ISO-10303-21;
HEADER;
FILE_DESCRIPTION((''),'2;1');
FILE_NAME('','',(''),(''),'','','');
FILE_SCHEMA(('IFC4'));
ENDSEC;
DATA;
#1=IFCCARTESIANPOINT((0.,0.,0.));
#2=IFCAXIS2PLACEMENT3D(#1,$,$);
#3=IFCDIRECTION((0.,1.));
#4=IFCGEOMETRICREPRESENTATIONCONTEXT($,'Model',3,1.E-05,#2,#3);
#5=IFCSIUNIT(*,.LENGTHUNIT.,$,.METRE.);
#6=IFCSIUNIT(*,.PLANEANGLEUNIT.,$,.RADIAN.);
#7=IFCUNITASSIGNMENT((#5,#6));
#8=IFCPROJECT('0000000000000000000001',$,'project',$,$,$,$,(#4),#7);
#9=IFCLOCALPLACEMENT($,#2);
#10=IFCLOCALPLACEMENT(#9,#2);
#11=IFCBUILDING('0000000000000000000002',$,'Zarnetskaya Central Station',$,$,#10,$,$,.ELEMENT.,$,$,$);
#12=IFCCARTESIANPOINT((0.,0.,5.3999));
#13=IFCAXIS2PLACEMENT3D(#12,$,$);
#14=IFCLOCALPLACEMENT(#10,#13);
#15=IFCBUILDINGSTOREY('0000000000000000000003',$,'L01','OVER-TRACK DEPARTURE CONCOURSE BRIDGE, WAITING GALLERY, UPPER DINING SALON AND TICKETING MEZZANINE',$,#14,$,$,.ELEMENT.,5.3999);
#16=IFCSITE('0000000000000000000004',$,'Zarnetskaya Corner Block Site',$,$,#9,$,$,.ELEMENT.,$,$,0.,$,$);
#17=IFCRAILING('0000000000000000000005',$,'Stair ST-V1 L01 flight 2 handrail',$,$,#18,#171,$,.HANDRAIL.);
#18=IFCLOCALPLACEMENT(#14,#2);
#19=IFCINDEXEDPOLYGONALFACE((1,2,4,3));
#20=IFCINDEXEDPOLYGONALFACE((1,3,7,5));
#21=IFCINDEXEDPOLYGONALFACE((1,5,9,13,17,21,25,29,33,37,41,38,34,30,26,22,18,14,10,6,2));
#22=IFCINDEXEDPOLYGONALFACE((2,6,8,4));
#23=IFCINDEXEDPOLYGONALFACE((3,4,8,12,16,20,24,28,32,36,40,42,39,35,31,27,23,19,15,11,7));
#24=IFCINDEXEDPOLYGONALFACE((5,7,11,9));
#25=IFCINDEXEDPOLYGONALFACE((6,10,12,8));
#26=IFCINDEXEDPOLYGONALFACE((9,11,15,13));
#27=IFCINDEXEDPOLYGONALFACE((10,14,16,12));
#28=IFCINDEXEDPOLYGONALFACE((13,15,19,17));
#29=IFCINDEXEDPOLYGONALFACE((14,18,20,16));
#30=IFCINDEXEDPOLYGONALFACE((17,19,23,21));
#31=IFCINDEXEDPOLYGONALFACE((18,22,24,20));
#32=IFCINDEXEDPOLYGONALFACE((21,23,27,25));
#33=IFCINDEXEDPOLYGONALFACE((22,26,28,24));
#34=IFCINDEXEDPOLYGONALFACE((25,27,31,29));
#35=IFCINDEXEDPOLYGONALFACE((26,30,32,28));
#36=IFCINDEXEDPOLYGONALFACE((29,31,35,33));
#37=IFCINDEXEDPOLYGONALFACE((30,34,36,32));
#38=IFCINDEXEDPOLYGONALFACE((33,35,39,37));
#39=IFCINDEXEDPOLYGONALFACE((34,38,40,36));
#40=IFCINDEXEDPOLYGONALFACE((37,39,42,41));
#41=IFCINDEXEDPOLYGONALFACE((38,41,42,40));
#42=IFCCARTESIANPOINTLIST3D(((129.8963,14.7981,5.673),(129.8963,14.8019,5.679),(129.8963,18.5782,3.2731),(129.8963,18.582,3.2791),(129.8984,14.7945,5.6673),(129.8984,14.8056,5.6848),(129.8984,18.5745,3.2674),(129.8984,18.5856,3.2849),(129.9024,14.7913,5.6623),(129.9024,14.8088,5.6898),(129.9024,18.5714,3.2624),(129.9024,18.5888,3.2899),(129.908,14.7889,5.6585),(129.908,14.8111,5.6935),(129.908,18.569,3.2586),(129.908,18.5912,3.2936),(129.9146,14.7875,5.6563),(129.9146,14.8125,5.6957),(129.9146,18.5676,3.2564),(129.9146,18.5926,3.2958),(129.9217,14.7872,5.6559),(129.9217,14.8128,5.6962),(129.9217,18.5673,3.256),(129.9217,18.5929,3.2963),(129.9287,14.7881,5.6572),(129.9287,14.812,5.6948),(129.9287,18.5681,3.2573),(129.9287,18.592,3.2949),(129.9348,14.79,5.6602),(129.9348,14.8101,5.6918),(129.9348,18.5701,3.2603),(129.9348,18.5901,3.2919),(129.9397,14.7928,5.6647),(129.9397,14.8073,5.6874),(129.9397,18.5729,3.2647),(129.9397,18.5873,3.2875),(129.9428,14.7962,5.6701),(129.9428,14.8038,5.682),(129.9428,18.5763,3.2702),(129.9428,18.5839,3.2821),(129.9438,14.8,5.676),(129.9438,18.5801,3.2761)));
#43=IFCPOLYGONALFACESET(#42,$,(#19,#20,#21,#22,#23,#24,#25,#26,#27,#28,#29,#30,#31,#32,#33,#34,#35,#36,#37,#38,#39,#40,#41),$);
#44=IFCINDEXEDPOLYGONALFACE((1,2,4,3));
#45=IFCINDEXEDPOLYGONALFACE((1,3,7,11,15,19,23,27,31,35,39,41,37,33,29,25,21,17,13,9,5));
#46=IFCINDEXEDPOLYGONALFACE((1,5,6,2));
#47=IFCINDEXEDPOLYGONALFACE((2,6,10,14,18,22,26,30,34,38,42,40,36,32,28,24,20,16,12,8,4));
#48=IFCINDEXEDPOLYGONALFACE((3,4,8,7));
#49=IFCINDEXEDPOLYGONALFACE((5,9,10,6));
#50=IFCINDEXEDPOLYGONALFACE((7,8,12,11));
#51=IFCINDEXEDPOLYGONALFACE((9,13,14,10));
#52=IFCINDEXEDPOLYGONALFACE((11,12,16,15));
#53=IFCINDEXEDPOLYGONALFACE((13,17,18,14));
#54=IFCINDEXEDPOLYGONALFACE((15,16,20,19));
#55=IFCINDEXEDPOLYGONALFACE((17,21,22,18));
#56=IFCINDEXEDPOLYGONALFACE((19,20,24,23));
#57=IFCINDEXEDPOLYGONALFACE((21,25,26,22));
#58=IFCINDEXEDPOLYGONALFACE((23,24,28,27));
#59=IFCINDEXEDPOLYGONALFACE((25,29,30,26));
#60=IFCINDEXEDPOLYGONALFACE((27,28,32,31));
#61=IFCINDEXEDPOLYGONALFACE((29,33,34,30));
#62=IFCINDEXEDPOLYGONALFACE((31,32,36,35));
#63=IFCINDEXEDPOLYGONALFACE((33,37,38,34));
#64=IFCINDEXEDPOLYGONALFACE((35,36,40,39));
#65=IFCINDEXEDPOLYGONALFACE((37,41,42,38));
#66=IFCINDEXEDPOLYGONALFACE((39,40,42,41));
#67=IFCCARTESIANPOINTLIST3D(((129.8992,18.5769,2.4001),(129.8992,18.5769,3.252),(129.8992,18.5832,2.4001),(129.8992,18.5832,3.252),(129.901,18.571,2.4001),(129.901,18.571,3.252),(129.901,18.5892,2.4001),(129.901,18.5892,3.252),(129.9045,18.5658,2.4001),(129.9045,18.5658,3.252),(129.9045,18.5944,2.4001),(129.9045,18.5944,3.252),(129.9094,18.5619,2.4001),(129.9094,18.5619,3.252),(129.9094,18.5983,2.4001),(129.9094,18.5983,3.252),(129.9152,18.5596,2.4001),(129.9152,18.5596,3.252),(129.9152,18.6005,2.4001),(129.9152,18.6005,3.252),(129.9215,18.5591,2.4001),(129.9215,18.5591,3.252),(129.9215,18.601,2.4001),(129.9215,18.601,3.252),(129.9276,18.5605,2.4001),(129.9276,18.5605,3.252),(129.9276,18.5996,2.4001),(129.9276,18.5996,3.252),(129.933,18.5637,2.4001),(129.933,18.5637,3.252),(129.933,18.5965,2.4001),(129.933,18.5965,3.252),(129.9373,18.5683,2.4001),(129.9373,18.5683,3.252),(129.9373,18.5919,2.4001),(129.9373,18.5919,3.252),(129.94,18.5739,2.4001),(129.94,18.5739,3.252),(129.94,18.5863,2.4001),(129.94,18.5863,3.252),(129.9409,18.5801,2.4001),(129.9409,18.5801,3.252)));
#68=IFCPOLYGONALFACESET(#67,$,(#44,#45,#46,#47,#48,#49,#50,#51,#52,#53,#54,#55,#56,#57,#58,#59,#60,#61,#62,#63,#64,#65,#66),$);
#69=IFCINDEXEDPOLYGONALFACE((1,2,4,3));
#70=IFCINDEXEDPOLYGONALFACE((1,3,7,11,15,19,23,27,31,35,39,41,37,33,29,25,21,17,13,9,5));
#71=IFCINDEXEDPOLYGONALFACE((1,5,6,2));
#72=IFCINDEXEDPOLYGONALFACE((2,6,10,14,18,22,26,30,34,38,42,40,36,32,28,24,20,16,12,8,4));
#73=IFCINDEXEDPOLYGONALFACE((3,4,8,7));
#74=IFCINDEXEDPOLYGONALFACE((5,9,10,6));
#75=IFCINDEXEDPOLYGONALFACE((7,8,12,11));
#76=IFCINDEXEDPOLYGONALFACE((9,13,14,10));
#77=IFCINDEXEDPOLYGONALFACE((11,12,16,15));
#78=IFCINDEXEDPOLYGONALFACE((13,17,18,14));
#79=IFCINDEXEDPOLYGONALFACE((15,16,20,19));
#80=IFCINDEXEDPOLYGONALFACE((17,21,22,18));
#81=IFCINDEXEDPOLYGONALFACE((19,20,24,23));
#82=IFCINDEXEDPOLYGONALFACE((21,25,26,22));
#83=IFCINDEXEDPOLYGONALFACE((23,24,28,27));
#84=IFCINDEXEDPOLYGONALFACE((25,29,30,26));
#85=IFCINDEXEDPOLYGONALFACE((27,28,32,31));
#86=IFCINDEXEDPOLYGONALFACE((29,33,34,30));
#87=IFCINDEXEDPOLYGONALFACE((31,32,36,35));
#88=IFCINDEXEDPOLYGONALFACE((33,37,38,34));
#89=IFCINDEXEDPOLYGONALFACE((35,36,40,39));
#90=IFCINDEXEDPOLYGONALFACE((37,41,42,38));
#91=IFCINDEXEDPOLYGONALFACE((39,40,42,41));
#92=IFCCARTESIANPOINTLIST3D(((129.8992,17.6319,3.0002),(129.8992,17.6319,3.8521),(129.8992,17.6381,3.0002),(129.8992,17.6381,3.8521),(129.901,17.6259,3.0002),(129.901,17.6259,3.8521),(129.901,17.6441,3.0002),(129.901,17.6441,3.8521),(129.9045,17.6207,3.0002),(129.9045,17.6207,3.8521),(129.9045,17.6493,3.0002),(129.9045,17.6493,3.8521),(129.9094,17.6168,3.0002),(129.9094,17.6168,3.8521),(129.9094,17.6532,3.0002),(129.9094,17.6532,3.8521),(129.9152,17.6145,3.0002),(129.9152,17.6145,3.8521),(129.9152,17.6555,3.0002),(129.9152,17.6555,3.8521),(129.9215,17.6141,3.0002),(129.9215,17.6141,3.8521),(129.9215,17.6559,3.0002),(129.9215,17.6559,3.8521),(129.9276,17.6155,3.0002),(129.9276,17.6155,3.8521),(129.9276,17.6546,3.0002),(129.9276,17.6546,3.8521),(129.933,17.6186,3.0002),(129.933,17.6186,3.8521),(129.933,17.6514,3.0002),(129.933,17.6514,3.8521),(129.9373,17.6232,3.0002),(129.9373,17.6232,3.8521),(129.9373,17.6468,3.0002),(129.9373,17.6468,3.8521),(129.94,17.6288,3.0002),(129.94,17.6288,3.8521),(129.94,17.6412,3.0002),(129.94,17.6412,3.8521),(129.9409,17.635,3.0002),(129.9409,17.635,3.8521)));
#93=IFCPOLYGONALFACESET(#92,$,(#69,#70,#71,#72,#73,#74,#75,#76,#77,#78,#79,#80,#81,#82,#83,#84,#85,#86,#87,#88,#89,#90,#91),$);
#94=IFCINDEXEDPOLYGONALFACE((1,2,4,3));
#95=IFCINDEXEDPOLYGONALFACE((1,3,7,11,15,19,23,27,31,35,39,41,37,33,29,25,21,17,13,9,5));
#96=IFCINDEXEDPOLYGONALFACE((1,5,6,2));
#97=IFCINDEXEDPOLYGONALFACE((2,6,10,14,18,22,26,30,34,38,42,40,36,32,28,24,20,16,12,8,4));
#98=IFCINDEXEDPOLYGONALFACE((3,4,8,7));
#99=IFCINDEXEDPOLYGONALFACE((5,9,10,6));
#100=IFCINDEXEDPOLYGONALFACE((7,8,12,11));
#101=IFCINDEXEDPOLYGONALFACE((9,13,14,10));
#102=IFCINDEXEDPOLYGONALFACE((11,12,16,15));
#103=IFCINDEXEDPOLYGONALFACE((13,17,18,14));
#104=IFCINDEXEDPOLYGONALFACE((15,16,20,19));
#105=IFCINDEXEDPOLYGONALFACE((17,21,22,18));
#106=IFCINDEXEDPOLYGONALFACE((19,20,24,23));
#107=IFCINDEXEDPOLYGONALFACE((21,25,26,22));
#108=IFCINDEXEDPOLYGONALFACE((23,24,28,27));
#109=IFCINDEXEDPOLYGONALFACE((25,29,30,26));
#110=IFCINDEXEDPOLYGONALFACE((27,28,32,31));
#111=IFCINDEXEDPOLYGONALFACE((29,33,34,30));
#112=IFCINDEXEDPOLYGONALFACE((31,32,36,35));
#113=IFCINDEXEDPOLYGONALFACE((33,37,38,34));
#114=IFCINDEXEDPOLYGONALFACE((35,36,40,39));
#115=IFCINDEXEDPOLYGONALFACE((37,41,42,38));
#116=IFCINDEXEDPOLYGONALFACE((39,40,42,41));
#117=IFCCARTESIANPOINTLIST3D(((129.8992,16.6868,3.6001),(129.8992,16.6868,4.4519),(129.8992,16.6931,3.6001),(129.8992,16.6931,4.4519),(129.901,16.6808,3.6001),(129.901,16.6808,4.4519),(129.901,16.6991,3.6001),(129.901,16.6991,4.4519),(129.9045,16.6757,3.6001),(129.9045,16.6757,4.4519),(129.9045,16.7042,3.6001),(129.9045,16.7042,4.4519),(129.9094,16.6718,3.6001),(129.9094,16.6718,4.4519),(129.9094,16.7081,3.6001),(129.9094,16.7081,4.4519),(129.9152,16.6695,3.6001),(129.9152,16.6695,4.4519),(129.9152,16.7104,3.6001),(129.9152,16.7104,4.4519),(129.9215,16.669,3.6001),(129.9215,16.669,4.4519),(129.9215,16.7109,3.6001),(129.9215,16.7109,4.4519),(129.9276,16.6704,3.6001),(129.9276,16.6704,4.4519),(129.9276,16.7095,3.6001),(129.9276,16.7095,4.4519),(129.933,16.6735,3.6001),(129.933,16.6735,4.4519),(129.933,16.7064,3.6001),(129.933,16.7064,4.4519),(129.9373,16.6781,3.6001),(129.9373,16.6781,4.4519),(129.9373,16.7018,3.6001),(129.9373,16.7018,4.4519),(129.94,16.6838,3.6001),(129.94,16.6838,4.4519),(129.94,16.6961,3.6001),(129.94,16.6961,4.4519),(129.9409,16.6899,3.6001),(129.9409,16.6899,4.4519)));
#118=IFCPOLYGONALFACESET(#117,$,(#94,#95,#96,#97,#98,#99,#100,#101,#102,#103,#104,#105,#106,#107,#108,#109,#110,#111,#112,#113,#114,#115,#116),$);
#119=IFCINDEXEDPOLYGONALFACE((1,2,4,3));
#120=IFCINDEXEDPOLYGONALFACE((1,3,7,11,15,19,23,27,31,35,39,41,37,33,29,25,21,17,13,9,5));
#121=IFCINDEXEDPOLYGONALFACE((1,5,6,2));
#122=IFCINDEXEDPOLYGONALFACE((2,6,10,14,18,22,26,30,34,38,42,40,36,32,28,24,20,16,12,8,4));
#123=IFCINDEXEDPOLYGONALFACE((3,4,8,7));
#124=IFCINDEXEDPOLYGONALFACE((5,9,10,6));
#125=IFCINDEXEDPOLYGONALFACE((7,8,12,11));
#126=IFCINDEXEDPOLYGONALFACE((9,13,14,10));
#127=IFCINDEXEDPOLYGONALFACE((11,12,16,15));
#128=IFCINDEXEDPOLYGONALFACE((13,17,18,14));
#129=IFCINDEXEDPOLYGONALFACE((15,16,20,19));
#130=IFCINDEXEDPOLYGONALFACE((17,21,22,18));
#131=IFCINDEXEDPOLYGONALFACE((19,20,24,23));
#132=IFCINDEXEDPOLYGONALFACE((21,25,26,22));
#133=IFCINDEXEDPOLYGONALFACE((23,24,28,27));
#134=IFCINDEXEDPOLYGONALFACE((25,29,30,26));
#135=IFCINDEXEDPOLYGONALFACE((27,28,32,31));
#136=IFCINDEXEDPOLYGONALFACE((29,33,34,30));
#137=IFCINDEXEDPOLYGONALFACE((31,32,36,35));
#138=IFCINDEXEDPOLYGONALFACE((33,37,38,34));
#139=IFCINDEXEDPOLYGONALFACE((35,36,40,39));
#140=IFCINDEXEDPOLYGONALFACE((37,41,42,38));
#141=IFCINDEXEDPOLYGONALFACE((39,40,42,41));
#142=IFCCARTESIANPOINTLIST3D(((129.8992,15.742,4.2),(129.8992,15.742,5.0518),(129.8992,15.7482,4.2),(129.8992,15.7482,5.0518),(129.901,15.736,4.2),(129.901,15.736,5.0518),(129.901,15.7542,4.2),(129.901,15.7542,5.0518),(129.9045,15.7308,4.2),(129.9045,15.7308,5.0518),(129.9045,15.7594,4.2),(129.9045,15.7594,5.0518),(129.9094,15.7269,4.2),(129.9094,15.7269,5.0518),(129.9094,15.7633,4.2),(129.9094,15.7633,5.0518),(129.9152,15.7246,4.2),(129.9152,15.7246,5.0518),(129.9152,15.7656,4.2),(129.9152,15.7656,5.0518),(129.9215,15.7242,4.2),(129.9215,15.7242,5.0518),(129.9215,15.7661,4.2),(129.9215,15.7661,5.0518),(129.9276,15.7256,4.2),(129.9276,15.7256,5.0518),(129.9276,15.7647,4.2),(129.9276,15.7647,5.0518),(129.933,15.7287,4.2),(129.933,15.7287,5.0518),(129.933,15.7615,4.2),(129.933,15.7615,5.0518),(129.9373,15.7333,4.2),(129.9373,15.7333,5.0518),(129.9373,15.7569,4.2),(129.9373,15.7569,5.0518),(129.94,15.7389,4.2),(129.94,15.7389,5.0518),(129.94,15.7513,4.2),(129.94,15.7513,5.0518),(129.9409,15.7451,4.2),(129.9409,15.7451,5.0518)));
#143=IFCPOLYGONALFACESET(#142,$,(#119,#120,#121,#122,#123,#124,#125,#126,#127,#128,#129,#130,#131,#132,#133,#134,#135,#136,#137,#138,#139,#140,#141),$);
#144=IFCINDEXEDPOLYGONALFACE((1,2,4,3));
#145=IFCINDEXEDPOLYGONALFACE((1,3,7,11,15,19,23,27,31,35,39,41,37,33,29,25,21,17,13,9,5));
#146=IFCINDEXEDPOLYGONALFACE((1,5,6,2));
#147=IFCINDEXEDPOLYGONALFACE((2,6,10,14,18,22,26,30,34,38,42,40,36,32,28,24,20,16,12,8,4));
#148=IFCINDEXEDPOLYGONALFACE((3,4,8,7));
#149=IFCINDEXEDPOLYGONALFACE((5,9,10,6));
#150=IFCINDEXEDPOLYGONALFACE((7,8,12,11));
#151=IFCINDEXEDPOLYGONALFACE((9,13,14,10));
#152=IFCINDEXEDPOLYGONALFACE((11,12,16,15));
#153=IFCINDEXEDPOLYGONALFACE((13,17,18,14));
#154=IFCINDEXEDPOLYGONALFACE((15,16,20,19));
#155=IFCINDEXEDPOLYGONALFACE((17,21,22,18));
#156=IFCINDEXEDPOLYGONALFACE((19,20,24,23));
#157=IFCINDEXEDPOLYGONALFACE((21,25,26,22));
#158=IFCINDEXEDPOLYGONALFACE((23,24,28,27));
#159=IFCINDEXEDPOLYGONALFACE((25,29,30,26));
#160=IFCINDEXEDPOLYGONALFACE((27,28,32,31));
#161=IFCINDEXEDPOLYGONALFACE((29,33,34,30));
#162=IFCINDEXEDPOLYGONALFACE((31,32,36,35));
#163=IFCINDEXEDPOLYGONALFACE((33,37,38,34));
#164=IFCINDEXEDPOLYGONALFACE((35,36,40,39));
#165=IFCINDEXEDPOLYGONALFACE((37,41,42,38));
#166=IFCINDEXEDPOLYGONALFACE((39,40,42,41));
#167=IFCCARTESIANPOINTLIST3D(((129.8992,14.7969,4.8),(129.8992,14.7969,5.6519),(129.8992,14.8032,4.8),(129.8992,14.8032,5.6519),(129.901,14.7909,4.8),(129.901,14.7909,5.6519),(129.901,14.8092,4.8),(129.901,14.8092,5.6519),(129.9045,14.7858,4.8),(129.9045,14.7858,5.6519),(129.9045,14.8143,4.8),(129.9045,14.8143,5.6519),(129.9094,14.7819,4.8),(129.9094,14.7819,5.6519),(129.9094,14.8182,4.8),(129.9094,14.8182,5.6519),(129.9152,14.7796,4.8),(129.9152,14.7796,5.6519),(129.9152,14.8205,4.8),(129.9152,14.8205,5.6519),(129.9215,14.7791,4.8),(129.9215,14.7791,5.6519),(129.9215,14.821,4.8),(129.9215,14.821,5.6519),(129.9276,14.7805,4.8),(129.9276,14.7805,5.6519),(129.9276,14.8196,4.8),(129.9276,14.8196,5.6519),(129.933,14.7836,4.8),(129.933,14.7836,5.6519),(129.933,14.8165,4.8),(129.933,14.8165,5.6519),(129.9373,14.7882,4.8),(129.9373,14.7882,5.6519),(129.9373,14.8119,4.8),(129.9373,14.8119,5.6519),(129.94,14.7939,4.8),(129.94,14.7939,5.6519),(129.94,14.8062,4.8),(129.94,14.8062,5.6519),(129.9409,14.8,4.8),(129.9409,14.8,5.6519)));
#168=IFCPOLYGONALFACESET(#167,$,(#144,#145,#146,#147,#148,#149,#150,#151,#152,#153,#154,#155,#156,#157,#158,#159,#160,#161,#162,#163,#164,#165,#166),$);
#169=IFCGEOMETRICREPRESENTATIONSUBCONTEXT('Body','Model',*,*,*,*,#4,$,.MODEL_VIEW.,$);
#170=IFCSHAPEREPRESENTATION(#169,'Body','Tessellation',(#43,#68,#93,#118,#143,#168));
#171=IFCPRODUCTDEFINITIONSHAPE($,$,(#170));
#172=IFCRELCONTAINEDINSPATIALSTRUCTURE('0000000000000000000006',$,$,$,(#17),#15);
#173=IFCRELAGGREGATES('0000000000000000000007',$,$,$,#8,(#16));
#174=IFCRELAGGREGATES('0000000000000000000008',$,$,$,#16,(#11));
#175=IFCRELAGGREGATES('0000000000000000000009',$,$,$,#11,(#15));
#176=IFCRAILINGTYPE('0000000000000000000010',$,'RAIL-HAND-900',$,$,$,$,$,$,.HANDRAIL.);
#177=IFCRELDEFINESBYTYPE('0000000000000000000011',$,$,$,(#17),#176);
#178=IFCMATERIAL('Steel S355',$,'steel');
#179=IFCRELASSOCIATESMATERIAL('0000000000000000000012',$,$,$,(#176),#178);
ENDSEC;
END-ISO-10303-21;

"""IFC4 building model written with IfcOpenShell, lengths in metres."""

from ifc_helpers import new_model, si_unit, direction, frame, origin, origin_2d, place, context, subcontext, project, spatial, circle, extrude, material, type_object, element, save


model = new_model("IFC4")

# Units and contexts
model_context = context("Model", 3, precision=1e-05, world=origin(), true_north=direction((0.0, 1.0)))
body_context = subcontext(model_context, "Body", "Model", "MODEL_VIEW")
ifc_project = project(units=[si_unit("LENGTHUNIT", "METRE"), si_unit("PLANEANGLEUNIT", "RADIAN")], contexts=[model_context])

# Site, building, storey
site_placement = place(None, origin())
site = spatial("IfcSite", under=ifc_project, at=site_placement, Name="Zarnetskaya Corner Block Site", CompositionType="ELEMENT", RefElevation=0.0)
building_placement = place(site_placement, origin())
building = spatial("IfcBuilding", under=site, at=building_placement, Name="Zarnetskaya Central Station", CompositionType="ELEMENT")
storey_placement = place(building_placement, frame((0.0, 0.0, 5.3999)))
storey = spatial("IfcBuildingStorey", under=building, at=storey_placement, Name="L01", Description="OVER-TRACK DEPARTURE CONCOURSE BRIDGE, WAITING GALLERY, UPPER DINING SALON AND TICKETING MEZZANINE", CompositionType="ELEMENT", Elevation=5.3999)

# Railing
ifc_material_1 = material(Name="Steel S355", Category="steel")
railing_type_1 = type_object("IfcRailingType", Name="RAIL-HAND-900", PredefinedType="HANDRAIL", material=ifc_material_1)
railing_1_placement = place(storey_placement, frame((129.9199, 18.5801, 2.4001)))
element("IfcRailing", 1, at=railing_1_placement, inside=storey, type_object=railing_type_1, Name="Stair ST-V1 L01 flight 2 handrail", PredefinedType="HANDRAIL", context=body_context, shape_type="SweptSolid", body=[
    extrude(circle(Radius=0.0239, at=origin_2d()), frame((0.0, 0.0, 0.876), z_axis=(0.0, -0.844225, 0.53599), x_axis=(1.0, 0.0, 0.0)), (0.0, 0.0, 1.0), 4.4775),
    extrude(circle(Radius=0.021, at=origin_2d()), origin(), (0.0, 0.0, 1.0), 0.8518),
    extrude(circle(Radius=0.021, at=origin_2d()), frame((0.0, -0.9451, 0.6001)), (0.0, 0.0, 1.0), 0.8518),
    extrude(circle(Radius=0.021, at=origin_2d()), frame((0.0, -1.8901, 1.2)), (0.0, 0.0, 1.0), 0.8518),
    extrude(circle(Radius=0.021, at=origin_2d()), frame((0.0, -2.835, 1.7998)), (0.0, 0.0, 1.0), 0.8518),
    extrude(circle(Radius=0.021, at=origin_2d()), frame((0.0, -3.78, 2.3999)), (0.0, 0.0, 1.0), 0.8518),
])

save(model, "model.ifc")
